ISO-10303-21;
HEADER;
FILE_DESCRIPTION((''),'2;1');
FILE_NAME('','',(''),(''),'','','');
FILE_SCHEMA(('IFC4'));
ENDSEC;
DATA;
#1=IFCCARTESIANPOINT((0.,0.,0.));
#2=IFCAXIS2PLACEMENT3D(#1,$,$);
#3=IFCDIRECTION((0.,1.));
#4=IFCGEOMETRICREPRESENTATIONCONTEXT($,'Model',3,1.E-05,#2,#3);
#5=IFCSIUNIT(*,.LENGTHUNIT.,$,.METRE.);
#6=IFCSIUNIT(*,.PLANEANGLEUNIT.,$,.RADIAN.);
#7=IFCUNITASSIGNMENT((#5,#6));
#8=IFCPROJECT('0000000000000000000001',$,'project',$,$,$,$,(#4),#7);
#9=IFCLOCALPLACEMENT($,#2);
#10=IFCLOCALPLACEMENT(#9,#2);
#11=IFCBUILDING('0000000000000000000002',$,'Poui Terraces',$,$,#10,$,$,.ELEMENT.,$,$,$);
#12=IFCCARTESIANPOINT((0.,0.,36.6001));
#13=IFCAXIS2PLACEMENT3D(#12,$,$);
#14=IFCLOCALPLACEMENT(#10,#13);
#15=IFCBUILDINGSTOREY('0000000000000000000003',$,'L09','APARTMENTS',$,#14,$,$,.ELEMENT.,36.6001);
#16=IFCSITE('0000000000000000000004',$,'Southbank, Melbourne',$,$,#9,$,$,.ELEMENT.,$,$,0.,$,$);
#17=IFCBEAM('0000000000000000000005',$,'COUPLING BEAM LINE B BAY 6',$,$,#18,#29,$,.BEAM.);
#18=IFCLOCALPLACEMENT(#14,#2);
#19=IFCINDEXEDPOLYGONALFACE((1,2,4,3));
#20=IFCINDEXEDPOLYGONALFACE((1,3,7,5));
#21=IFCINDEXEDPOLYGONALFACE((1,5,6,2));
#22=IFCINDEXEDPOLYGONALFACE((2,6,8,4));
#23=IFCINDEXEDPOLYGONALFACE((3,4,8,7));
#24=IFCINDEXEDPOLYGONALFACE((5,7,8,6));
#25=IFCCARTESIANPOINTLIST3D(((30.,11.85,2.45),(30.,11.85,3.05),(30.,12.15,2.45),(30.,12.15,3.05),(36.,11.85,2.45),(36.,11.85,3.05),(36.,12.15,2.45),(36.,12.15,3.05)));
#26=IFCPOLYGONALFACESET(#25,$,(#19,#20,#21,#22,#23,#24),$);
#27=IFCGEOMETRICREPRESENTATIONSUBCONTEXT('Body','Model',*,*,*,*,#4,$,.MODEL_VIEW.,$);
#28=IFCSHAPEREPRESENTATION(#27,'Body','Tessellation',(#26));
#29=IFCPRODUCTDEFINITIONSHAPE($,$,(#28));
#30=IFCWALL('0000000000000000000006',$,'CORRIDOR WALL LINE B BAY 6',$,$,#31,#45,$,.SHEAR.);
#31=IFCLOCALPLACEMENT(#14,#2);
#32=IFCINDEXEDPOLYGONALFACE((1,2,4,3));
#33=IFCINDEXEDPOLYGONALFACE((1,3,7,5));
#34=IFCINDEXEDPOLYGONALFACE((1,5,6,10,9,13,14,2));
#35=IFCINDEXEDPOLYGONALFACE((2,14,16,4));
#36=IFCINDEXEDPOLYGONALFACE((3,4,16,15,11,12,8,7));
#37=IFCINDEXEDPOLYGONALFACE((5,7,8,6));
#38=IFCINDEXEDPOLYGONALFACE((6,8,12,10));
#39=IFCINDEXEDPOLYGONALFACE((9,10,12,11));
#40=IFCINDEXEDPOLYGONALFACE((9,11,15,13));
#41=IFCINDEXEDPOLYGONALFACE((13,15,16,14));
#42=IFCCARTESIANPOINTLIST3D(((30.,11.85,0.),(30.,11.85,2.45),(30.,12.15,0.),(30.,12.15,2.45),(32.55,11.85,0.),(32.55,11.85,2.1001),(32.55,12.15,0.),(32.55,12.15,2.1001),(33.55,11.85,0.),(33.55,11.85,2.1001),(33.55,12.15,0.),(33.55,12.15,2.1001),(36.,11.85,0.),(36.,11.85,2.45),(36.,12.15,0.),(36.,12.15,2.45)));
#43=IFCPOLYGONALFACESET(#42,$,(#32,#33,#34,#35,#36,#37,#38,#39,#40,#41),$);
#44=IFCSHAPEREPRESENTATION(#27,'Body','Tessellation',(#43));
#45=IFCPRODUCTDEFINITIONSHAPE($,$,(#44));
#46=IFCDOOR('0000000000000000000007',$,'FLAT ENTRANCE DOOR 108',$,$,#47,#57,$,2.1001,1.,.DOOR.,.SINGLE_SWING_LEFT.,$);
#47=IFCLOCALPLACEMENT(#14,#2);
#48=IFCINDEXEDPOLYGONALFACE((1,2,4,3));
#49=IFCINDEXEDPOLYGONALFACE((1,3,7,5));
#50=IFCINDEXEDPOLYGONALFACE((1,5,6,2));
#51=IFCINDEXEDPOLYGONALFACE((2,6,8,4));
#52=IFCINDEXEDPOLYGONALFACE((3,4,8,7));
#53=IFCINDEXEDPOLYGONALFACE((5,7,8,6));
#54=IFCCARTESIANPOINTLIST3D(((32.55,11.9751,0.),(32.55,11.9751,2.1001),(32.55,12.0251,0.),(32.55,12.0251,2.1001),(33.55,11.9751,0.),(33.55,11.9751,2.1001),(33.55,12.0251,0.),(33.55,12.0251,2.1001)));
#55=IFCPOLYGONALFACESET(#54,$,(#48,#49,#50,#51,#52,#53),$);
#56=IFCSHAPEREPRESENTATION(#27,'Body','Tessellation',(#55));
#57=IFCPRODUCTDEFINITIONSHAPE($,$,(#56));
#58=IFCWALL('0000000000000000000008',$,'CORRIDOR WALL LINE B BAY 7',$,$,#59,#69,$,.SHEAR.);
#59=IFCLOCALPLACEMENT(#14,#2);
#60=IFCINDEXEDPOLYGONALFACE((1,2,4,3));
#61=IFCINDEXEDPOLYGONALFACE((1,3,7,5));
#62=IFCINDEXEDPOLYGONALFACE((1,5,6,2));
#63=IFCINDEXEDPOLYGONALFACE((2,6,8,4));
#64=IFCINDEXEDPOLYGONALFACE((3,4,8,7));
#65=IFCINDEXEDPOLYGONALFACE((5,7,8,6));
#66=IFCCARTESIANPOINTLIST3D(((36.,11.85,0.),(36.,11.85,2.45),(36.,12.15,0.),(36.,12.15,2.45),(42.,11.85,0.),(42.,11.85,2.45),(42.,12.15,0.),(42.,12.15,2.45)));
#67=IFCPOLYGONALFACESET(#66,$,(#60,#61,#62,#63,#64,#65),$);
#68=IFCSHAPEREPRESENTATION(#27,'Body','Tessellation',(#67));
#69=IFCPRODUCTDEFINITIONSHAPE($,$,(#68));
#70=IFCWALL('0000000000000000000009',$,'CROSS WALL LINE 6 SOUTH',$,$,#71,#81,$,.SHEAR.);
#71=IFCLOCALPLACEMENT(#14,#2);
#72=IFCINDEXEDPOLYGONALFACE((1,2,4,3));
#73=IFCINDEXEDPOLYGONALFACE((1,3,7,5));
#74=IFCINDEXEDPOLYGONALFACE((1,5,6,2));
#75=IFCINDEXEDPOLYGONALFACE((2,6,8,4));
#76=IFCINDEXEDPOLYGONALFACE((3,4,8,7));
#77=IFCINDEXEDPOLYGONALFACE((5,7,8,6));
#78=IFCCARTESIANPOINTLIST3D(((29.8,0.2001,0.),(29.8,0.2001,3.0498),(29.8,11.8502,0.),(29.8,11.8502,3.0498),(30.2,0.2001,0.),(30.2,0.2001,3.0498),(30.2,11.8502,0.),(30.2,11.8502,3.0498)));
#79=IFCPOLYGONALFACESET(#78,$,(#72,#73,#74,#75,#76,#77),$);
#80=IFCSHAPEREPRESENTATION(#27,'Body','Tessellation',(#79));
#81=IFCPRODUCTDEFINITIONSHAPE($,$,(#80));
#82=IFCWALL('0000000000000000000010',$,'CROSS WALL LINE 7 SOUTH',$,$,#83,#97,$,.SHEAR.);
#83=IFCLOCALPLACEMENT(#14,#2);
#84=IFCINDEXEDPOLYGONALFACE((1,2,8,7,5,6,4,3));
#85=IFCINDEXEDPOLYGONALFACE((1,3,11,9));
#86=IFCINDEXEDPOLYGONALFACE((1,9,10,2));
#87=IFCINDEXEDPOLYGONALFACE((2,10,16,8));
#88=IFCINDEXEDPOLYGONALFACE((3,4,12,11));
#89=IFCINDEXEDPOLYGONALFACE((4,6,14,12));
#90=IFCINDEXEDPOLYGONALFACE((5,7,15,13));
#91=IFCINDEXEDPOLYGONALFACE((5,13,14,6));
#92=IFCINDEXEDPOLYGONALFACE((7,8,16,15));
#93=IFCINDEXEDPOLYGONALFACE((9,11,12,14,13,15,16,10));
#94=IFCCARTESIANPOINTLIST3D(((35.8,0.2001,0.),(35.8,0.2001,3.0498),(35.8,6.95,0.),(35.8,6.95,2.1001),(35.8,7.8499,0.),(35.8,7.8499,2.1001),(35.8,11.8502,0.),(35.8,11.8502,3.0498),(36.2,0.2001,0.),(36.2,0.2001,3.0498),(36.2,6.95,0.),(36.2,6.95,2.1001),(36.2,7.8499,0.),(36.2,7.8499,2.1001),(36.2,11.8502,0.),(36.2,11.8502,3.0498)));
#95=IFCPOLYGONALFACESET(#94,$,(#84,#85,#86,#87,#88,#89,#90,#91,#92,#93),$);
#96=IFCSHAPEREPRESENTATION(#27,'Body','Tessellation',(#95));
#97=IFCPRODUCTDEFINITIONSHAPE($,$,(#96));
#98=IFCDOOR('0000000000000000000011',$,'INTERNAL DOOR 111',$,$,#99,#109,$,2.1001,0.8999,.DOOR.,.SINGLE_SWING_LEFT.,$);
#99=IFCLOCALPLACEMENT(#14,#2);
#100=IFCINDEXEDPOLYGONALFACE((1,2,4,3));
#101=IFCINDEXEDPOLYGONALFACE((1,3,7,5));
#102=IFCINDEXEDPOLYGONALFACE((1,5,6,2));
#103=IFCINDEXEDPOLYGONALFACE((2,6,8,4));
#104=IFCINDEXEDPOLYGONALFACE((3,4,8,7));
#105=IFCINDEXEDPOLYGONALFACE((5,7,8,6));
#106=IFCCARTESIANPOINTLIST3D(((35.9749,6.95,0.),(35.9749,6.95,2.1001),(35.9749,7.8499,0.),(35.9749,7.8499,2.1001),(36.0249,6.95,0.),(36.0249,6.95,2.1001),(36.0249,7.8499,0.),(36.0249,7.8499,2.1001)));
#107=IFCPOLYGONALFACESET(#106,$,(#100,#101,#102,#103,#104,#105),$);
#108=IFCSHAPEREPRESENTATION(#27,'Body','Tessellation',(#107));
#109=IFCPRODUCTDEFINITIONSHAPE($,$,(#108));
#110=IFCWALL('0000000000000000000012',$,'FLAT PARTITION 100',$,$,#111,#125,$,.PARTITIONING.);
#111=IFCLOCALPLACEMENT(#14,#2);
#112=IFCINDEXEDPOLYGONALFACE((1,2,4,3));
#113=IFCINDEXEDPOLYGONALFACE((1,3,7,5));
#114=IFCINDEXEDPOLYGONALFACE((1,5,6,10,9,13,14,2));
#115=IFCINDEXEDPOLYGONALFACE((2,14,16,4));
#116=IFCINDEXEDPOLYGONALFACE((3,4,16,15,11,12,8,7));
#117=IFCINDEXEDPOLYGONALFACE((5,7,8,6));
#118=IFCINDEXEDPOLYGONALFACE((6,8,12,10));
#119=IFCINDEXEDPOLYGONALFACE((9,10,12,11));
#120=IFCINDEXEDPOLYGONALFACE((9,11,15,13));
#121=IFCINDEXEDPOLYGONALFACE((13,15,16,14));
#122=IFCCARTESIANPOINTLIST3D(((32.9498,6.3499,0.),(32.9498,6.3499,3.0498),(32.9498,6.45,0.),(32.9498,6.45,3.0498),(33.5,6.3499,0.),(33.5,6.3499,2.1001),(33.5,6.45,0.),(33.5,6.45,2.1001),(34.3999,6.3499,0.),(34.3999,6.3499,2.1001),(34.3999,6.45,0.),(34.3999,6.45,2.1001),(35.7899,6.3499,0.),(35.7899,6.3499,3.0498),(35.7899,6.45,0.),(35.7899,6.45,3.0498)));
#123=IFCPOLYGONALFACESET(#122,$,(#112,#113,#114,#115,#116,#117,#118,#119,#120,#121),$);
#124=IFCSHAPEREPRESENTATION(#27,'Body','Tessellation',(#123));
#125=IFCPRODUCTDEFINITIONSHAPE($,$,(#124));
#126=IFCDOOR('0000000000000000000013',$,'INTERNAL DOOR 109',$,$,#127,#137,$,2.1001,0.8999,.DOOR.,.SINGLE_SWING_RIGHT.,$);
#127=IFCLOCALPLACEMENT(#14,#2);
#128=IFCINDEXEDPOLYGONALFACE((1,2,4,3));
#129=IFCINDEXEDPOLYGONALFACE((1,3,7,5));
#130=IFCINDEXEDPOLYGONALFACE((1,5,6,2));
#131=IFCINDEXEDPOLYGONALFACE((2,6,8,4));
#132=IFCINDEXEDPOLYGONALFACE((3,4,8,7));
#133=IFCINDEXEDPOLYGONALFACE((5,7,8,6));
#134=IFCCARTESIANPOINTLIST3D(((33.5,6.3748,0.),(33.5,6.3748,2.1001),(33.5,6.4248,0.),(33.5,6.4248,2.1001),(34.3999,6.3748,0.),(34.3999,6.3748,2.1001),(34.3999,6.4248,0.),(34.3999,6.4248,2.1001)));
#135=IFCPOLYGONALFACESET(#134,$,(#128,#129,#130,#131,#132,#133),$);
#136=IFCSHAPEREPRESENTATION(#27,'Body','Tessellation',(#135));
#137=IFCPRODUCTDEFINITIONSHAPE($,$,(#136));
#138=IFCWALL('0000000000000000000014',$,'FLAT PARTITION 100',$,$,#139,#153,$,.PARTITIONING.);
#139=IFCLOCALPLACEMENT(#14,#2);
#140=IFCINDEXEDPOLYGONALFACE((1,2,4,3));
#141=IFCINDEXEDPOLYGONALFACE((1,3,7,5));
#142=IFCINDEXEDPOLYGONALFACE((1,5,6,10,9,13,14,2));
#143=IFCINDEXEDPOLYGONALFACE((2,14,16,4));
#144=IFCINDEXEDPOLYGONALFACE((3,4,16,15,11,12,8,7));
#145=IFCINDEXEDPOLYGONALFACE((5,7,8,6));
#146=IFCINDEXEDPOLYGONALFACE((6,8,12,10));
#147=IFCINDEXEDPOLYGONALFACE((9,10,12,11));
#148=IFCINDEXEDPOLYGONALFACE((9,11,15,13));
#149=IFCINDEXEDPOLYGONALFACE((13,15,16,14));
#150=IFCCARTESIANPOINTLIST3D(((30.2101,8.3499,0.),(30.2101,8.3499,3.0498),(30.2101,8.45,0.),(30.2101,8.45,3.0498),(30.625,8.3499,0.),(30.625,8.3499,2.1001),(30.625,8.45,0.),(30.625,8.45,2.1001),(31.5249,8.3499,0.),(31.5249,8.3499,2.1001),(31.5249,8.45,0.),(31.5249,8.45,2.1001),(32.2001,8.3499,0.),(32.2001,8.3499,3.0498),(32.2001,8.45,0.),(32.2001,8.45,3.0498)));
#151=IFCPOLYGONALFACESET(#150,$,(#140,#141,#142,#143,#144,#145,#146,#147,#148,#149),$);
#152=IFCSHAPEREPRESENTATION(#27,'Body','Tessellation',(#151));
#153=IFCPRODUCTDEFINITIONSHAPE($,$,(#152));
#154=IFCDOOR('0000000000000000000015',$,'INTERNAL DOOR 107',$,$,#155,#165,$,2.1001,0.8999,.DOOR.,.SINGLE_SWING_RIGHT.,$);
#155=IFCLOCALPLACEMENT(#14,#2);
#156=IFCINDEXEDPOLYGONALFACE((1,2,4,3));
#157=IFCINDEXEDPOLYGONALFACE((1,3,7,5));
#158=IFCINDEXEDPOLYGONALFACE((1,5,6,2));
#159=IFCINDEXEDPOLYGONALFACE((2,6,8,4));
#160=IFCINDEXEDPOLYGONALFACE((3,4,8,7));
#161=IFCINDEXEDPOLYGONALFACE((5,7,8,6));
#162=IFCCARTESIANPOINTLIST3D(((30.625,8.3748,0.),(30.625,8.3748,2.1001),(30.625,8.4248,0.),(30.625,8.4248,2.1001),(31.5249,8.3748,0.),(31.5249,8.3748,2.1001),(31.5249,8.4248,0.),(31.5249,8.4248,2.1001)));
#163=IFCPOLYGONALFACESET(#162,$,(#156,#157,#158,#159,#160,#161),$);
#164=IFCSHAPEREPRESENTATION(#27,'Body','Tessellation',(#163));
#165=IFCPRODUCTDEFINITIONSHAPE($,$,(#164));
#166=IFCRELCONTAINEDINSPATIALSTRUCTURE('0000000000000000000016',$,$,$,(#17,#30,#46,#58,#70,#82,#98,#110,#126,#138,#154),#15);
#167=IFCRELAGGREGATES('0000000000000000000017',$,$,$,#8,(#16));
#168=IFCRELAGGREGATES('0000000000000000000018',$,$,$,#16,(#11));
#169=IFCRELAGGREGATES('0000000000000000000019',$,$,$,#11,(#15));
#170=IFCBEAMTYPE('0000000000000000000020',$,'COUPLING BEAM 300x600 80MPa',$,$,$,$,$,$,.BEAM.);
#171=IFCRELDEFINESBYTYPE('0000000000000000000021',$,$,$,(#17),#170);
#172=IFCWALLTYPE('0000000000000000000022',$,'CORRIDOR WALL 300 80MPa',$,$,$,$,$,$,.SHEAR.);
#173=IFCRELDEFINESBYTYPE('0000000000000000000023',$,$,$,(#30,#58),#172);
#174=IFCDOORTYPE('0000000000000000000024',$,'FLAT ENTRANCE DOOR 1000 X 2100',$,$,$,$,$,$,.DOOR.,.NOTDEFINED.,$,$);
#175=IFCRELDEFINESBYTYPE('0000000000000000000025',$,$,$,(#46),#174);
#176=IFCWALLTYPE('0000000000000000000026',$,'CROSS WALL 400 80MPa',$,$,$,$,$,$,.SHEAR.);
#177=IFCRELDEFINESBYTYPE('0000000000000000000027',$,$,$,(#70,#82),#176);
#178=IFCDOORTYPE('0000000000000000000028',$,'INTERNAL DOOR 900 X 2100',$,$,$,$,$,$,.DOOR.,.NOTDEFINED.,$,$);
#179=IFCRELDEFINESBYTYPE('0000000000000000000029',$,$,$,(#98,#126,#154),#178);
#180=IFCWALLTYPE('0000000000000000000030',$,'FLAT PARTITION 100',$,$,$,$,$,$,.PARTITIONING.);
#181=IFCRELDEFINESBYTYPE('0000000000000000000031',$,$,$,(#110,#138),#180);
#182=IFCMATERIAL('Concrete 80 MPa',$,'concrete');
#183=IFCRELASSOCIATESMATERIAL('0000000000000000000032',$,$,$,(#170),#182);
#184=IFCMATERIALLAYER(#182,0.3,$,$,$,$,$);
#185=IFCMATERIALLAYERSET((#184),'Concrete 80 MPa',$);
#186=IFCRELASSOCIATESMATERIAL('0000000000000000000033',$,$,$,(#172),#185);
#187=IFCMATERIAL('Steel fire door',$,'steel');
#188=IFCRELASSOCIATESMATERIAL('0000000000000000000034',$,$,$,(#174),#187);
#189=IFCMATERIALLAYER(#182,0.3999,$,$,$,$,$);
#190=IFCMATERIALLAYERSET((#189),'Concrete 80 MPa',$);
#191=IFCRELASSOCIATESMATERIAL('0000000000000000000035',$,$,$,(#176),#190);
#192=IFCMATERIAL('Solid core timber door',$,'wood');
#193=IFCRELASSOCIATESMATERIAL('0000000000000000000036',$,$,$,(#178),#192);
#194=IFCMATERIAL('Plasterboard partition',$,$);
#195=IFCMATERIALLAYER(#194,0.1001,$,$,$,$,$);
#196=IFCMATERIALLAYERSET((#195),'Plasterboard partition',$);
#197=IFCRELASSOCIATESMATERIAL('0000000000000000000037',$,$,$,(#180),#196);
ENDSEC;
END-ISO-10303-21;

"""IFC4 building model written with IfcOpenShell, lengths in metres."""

from ifc_helpers import new_model, si_unit, direction, frame, frame_2d, origin, origin_2d, place, context, subcontext, project, spatial, rectangle, extrude, source, transform, mapped, material, layer, layer_set, material_profile, profile_set, type_object, element, fill, save


model = new_model("IFC4")

# Units and contexts
model_context = context("Model", 3, precision=1e-05, world=origin(), true_north=direction((0.0, 1.0)))
body_context = subcontext(model_context, "Body", "Model", "MODEL_VIEW")
ifc_project = project(units=[si_unit("LENGTHUNIT", "METRE"), si_unit("PLANEANGLEUNIT", "RADIAN")], contexts=[model_context])

# Site, building, storey
site_placement = place(None, origin())
site = spatial("IfcSite", under=ifc_project, at=site_placement, Name="Southbank, Melbourne", CompositionType="ELEMENT", RefElevation=0.0)
building_placement = place(site_placement, origin())
building = spatial("IfcBuilding", under=site, at=building_placement, Name="Poui Terraces", CompositionType="ELEMENT")
storey_placement = place(building_placement, frame((0.0, 0.0, 36.6001)))
storey = spatial("IfcBuildingStorey", under=building, at=storey_placement, Name="L09", Description="APARTMENTS", CompositionType="ELEMENT", Elevation=36.6001)

# Beam
ifc_material_1 = material(Name="Concrete 80 MPa", Category="concrete")
ifc_material_profile = material_profile(ifc_material_1, rectangle(XDim=0.3, YDim=0.6001, at=origin_2d()), Name="RC 300x600")
ifc_profile_set = profile_set([ifc_material_profile], Name="Concrete 80 MPa")
beam_type = type_object("IfcBeamType", Name="COUPLING BEAM 300x600 80MPa", PredefinedType="BEAM", material=ifc_profile_set)
shared_shape_1 = source(origin(), body_context, "Body", "SweptSolid", [
    extrude(rectangle(XDim=0.3, YDim=0.6001, at=origin_2d()), origin(), (0.0, 0.0, 1.0), 6.0),
])
beam_placement = place(storey_placement, frame((30.0, 12.0, 2.75), z_axis=(1.0, 0.0, 0.0), x_axis=(0.0, 1.0, 0.0)))
element("IfcBeam", 1, at=beam_placement, inside=storey, type_object=beam_type, Name="COUPLING BEAM LINE B BAY 6", PredefinedType="BEAM", context=body_context, shape_type="MappedRepresentation", body=[
    mapped(shared_shape_1, transform((0.0, 0.0, 0.0))),
])

# Wall, opening, door
ifc_layer_1 = layer(ifc_material_1, 0.3)
ifc_layer_set_1 = layer_set([ifc_layer_1], Name="Concrete 80 MPa")
wall_type_1 = type_object("IfcWallType", Name="CORRIDOR WALL 300 80MPa", PredefinedType="SHEAR", material=ifc_layer_set_1)
wall_1_placement = place(storey_placement, frame((30.0, 12.0, 0.0), z_axis=(0.0, 0.0, 1.0), x_axis=(1.0, 0.0, 0.0)))
wall_1 = element("IfcWall", 2, at=wall_1_placement, inside=storey, type_object=wall_type_1, Name="CORRIDOR WALL LINE B BAY 6", PredefinedType="SHEAR", context=body_context, shape_type="SweptSolid", body=[
    extrude(rectangle(XDim=6.0, YDim=0.3, at=frame_2d((3.0, 0.0))), origin(), (0.0, 0.0, 1.0), 2.45),
])
opening_1_placement = place(wall_1_placement, frame((2.55, 0.0, 0.0)))
opening_1 = element("IfcOpeningElement", 3, at=opening_1_placement, cuts=wall_1, PredefinedType="OPENING", context=body_context, shape_type="SweptSolid", body=[
    extrude(rectangle(XDim=1.0, YDim=2.1001, at=frame_2d((0.5, 1.05))), frame((0.0, 0.1602, 0.0), z_axis=(0.0, -1.0, 0.0), x_axis=(1.0, 0.0, 0.0)), (0.0, 0.0, 1.0), 0.3201),
])
ifc_material_2 = material(Name="Steel fire door", Category="steel")
door_type_1 = type_object("IfcDoorType", Name="FLAT ENTRANCE DOOR 1000 X 2100", OperationType="NOTDEFINED", PredefinedType="DOOR", material=ifc_material_2)
door_1_placement = place(opening_1_placement, frame((1.0, 0.0, 0.0), z_axis=(0.0, 0.0, 1.0), x_axis=(-1.0, 0.0, 0.0)))
door_1 = element("IfcDoor", 4, at=door_1_placement, inside=storey, type_object=door_type_1, Name="FLAT ENTRANCE DOOR 108", OperationType="SINGLE_SWING_LEFT", OverallHeight=2.1001, OverallWidth=1.0, PredefinedType="DOOR", context=body_context, shape_type="SweptSolid", body=[
    extrude(rectangle(XDim=1.0, YDim=2.1001, at=frame_2d((0.5, 1.05))), frame((0.0, 0.0249, 0.0), z_axis=(0.0, -1.0, 0.0), x_axis=(1.0, 0.0, 0.0)), (0.0, 0.0, 1.0), 0.05),
])
fill(opening_1, door_1)

# Walls
wall_2_placement = place(storey_placement, frame((36.0, 12.0, 0.0), z_axis=(0.0, 0.0, 1.0), x_axis=(1.0, 0.0, 0.0)))
element("IfcWall", 5, at=wall_2_placement, inside=storey, type_object=wall_type_1, Name="CORRIDOR WALL LINE B BAY 7", PredefinedType="SHEAR", context=body_context, shape_type="SweptSolid", body=[
    extrude(rectangle(XDim=6.0, YDim=0.3, at=frame_2d((3.0, 0.0))), origin(), (0.0, 0.0, 1.0), 2.45),
])
ifc_layer_2 = layer(ifc_material_1, 0.3999)
ifc_layer_set_2 = layer_set([ifc_layer_2], Name="Concrete 80 MPa")
wall_type_2 = type_object("IfcWallType", Name="CROSS WALL 400 80MPa", PredefinedType="SHEAR", material=ifc_layer_set_2)
wall_3_placement = place(storey_placement, frame((30.0, 0.2, 0.0), z_axis=(0.0, 0.0, 1.0), x_axis=(0.0, 1.0, 0.0)))
element("IfcWall", 6, at=wall_3_placement, inside=storey, type_object=wall_type_2, Name="CROSS WALL LINE 6 SOUTH", PredefinedType="SHEAR", context=body_context, shape_type="SweptSolid", body=[
    extrude(rectangle(XDim=11.6501, YDim=0.3999, at=frame_2d((5.8252, 0.0))), origin(), (0.0, 0.0, 1.0), 3.0498),
])

# Walls, openings, doors
wall_4_placement = place(storey_placement, frame((36.0, 0.2, 0.0), z_axis=(0.0, 0.0, 1.0), x_axis=(0.0, 1.0, 0.0)))
wall_4 = element("IfcWall", 7, at=wall_4_placement, inside=storey, type_object=wall_type_2, Name="CROSS WALL LINE 7 SOUTH", PredefinedType="SHEAR", context=body_context, shape_type="SweptSolid", body=[
    extrude(rectangle(XDim=11.6501, YDim=0.3999, at=frame_2d((5.8252, 0.0))), origin(), (0.0, 0.0, 1.0), 3.0498),
])
opening_2_placement = place(wall_4_placement, frame((6.75, 0.0, 0.0)))
opening_2 = element("IfcOpeningElement", 8, at=opening_2_placement, cuts=wall_4, PredefinedType="OPENING", context=body_context, shape_type="SweptSolid", body=[
    extrude(rectangle(XDim=0.8999, YDim=2.1001, at=frame_2d((0.45, 1.05))), frame((0.0, 0.21, 0.0), z_axis=(0.0, -1.0, 0.0), x_axis=(1.0, 0.0, 0.0)), (0.0, 0.0, 1.0), 0.4199),
])
ifc_material_3 = material(Name="Solid core timber door", Category="wood")
door_type_2 = type_object("IfcDoorType", Name="INTERNAL DOOR 900 X 2100", OperationType="NOTDEFINED", PredefinedType="DOOR", material=ifc_material_3)
door_2_placement = place(opening_2_placement, frame((0.8999, 0.0, 0.0), z_axis=(0.0, 0.0, 1.0), x_axis=(-1.0, 0.0, 0.0)))
door_2 = element("IfcDoor", 9, at=door_2_placement, inside=storey, type_object=door_type_2, Name="INTERNAL DOOR 111", OperationType="SINGLE_SWING_LEFT", OverallHeight=2.1001, OverallWidth=0.8999, PredefinedType="DOOR", context=body_context, shape_type="SweptSolid", body=[
    extrude(rectangle(XDim=0.8999, YDim=2.1001, at=frame_2d((0.45, 1.05))), frame((0.0, 0.0249, 0.0), z_axis=(0.0, -1.0, 0.0), x_axis=(1.0, 0.0, 0.0)), (0.0, 0.0, 1.0), 0.05),
])
fill(opening_2, door_2)
ifc_material_4 = material(Name="Plasterboard partition")
ifc_layer_3 = layer(ifc_material_4, 0.1001)
ifc_layer_set_3 = layer_set([ifc_layer_3], Name="Plasterboard partition")
wall_type_3 = type_object("IfcWallType", Name="FLAT PARTITION 100", PredefinedType="PARTITIONING", material=ifc_layer_set_3)
wall_5_placement = place(storey_placement, frame((32.95, 6.3999, 0.0), z_axis=(0.0, 0.0, 1.0), x_axis=(1.0, 0.0, 0.0)))
wall_5 = element("IfcWall", 10, at=wall_5_placement, inside=storey, type_object=wall_type_3, Name="FLAT PARTITION 100", PredefinedType="PARTITIONING", context=body_context, shape_type="SweptSolid", body=[
    extrude(rectangle(XDim=2.8401, YDim=0.1001, at=frame_2d((1.4199, 0.0))), origin(), (0.0, 0.0, 1.0), 3.0498),
])
opening_3_placement = place(wall_5_placement, frame((0.55, 0.0, 0.0)))
opening_3 = element("IfcOpeningElement", 11, at=opening_3_placement, cuts=wall_5, PredefinedType="OPENING", context=body_context, shape_type="SweptSolid", body=[
    extrude(rectangle(XDim=0.8999, YDim=2.1001, at=frame_2d((0.45, 1.05))), frame((0.0, 0.0601, 0.0), z_axis=(0.0, -1.0, 0.0), x_axis=(1.0, 0.0, 0.0)), (0.0, 0.0, 1.0), 0.1201),
])
door_3_placement = place(opening_3_placement, origin())
door_3 = element("IfcDoor", 12, at=door_3_placement, inside=storey, type_object=door_type_2, Name="INTERNAL DOOR 109", OperationType="SINGLE_SWING_RIGHT", OverallHeight=2.1001, OverallWidth=0.8999, PredefinedType="DOOR", context=body_context, shape_type="SweptSolid", body=[
    extrude(rectangle(XDim=0.8999, YDim=2.1001, at=frame_2d((0.45, 1.05))), frame((0.0, 0.0249, 0.0), z_axis=(0.0, -1.0, 0.0), x_axis=(1.0, 0.0, 0.0)), (0.0, 0.0, 1.0), 0.05),
])
fill(opening_3, door_3)
wall_6_placement = place(storey_placement, frame((30.21, 8.3999, 0.0), z_axis=(0.0, 0.0, 1.0), x_axis=(1.0, 0.0, 0.0)))
wall_6 = element("IfcWall", 13, at=wall_6_placement, inside=storey, type_object=wall_type_3, Name="FLAT PARTITION 100", PredefinedType="PARTITIONING", context=body_context, shape_type="SweptSolid", body=[
    extrude(rectangle(XDim=1.99, YDim=0.1001, at=frame_2d((0.9951, 0.0))), origin(), (0.0, 0.0, 1.0), 3.0498),
])
opening_4_placement = place(wall_6_placement, frame((0.415, 0.0, 0.0)))
opening_4 = element("IfcOpeningElement", 14, at=opening_4_placement, cuts=wall_6, PredefinedType="OPENING", context=body_context, shape_type="SweptSolid", body=[
    extrude(rectangle(XDim=0.8999, YDim=2.1001, at=frame_2d((0.45, 1.05))), frame((0.0, 0.0601, 0.0), z_axis=(0.0, -1.0, 0.0), x_axis=(1.0, 0.0, 0.0)), (0.0, 0.0, 1.0), 0.1201),
])
door_4_placement = place(opening_4_placement, origin())
door_4 = element("IfcDoor", 15, at=door_4_placement, inside=storey, type_object=door_type_2, Name="INTERNAL DOOR 107", OperationType="SINGLE_SWING_RIGHT", OverallHeight=2.1001, OverallWidth=0.8999, PredefinedType="DOOR", context=body_context, shape_type="SweptSolid", body=[
    extrude(rectangle(XDim=0.8999, YDim=2.1001, at=frame_2d((0.45, 1.05))), frame((0.0, 0.0249, 0.0), z_axis=(0.0, -1.0, 0.0), x_axis=(1.0, 0.0, 0.0)), (0.0, 0.0, 1.0), 0.05),
])
fill(opening_4, door_4)

save(model, "model.ifc")
